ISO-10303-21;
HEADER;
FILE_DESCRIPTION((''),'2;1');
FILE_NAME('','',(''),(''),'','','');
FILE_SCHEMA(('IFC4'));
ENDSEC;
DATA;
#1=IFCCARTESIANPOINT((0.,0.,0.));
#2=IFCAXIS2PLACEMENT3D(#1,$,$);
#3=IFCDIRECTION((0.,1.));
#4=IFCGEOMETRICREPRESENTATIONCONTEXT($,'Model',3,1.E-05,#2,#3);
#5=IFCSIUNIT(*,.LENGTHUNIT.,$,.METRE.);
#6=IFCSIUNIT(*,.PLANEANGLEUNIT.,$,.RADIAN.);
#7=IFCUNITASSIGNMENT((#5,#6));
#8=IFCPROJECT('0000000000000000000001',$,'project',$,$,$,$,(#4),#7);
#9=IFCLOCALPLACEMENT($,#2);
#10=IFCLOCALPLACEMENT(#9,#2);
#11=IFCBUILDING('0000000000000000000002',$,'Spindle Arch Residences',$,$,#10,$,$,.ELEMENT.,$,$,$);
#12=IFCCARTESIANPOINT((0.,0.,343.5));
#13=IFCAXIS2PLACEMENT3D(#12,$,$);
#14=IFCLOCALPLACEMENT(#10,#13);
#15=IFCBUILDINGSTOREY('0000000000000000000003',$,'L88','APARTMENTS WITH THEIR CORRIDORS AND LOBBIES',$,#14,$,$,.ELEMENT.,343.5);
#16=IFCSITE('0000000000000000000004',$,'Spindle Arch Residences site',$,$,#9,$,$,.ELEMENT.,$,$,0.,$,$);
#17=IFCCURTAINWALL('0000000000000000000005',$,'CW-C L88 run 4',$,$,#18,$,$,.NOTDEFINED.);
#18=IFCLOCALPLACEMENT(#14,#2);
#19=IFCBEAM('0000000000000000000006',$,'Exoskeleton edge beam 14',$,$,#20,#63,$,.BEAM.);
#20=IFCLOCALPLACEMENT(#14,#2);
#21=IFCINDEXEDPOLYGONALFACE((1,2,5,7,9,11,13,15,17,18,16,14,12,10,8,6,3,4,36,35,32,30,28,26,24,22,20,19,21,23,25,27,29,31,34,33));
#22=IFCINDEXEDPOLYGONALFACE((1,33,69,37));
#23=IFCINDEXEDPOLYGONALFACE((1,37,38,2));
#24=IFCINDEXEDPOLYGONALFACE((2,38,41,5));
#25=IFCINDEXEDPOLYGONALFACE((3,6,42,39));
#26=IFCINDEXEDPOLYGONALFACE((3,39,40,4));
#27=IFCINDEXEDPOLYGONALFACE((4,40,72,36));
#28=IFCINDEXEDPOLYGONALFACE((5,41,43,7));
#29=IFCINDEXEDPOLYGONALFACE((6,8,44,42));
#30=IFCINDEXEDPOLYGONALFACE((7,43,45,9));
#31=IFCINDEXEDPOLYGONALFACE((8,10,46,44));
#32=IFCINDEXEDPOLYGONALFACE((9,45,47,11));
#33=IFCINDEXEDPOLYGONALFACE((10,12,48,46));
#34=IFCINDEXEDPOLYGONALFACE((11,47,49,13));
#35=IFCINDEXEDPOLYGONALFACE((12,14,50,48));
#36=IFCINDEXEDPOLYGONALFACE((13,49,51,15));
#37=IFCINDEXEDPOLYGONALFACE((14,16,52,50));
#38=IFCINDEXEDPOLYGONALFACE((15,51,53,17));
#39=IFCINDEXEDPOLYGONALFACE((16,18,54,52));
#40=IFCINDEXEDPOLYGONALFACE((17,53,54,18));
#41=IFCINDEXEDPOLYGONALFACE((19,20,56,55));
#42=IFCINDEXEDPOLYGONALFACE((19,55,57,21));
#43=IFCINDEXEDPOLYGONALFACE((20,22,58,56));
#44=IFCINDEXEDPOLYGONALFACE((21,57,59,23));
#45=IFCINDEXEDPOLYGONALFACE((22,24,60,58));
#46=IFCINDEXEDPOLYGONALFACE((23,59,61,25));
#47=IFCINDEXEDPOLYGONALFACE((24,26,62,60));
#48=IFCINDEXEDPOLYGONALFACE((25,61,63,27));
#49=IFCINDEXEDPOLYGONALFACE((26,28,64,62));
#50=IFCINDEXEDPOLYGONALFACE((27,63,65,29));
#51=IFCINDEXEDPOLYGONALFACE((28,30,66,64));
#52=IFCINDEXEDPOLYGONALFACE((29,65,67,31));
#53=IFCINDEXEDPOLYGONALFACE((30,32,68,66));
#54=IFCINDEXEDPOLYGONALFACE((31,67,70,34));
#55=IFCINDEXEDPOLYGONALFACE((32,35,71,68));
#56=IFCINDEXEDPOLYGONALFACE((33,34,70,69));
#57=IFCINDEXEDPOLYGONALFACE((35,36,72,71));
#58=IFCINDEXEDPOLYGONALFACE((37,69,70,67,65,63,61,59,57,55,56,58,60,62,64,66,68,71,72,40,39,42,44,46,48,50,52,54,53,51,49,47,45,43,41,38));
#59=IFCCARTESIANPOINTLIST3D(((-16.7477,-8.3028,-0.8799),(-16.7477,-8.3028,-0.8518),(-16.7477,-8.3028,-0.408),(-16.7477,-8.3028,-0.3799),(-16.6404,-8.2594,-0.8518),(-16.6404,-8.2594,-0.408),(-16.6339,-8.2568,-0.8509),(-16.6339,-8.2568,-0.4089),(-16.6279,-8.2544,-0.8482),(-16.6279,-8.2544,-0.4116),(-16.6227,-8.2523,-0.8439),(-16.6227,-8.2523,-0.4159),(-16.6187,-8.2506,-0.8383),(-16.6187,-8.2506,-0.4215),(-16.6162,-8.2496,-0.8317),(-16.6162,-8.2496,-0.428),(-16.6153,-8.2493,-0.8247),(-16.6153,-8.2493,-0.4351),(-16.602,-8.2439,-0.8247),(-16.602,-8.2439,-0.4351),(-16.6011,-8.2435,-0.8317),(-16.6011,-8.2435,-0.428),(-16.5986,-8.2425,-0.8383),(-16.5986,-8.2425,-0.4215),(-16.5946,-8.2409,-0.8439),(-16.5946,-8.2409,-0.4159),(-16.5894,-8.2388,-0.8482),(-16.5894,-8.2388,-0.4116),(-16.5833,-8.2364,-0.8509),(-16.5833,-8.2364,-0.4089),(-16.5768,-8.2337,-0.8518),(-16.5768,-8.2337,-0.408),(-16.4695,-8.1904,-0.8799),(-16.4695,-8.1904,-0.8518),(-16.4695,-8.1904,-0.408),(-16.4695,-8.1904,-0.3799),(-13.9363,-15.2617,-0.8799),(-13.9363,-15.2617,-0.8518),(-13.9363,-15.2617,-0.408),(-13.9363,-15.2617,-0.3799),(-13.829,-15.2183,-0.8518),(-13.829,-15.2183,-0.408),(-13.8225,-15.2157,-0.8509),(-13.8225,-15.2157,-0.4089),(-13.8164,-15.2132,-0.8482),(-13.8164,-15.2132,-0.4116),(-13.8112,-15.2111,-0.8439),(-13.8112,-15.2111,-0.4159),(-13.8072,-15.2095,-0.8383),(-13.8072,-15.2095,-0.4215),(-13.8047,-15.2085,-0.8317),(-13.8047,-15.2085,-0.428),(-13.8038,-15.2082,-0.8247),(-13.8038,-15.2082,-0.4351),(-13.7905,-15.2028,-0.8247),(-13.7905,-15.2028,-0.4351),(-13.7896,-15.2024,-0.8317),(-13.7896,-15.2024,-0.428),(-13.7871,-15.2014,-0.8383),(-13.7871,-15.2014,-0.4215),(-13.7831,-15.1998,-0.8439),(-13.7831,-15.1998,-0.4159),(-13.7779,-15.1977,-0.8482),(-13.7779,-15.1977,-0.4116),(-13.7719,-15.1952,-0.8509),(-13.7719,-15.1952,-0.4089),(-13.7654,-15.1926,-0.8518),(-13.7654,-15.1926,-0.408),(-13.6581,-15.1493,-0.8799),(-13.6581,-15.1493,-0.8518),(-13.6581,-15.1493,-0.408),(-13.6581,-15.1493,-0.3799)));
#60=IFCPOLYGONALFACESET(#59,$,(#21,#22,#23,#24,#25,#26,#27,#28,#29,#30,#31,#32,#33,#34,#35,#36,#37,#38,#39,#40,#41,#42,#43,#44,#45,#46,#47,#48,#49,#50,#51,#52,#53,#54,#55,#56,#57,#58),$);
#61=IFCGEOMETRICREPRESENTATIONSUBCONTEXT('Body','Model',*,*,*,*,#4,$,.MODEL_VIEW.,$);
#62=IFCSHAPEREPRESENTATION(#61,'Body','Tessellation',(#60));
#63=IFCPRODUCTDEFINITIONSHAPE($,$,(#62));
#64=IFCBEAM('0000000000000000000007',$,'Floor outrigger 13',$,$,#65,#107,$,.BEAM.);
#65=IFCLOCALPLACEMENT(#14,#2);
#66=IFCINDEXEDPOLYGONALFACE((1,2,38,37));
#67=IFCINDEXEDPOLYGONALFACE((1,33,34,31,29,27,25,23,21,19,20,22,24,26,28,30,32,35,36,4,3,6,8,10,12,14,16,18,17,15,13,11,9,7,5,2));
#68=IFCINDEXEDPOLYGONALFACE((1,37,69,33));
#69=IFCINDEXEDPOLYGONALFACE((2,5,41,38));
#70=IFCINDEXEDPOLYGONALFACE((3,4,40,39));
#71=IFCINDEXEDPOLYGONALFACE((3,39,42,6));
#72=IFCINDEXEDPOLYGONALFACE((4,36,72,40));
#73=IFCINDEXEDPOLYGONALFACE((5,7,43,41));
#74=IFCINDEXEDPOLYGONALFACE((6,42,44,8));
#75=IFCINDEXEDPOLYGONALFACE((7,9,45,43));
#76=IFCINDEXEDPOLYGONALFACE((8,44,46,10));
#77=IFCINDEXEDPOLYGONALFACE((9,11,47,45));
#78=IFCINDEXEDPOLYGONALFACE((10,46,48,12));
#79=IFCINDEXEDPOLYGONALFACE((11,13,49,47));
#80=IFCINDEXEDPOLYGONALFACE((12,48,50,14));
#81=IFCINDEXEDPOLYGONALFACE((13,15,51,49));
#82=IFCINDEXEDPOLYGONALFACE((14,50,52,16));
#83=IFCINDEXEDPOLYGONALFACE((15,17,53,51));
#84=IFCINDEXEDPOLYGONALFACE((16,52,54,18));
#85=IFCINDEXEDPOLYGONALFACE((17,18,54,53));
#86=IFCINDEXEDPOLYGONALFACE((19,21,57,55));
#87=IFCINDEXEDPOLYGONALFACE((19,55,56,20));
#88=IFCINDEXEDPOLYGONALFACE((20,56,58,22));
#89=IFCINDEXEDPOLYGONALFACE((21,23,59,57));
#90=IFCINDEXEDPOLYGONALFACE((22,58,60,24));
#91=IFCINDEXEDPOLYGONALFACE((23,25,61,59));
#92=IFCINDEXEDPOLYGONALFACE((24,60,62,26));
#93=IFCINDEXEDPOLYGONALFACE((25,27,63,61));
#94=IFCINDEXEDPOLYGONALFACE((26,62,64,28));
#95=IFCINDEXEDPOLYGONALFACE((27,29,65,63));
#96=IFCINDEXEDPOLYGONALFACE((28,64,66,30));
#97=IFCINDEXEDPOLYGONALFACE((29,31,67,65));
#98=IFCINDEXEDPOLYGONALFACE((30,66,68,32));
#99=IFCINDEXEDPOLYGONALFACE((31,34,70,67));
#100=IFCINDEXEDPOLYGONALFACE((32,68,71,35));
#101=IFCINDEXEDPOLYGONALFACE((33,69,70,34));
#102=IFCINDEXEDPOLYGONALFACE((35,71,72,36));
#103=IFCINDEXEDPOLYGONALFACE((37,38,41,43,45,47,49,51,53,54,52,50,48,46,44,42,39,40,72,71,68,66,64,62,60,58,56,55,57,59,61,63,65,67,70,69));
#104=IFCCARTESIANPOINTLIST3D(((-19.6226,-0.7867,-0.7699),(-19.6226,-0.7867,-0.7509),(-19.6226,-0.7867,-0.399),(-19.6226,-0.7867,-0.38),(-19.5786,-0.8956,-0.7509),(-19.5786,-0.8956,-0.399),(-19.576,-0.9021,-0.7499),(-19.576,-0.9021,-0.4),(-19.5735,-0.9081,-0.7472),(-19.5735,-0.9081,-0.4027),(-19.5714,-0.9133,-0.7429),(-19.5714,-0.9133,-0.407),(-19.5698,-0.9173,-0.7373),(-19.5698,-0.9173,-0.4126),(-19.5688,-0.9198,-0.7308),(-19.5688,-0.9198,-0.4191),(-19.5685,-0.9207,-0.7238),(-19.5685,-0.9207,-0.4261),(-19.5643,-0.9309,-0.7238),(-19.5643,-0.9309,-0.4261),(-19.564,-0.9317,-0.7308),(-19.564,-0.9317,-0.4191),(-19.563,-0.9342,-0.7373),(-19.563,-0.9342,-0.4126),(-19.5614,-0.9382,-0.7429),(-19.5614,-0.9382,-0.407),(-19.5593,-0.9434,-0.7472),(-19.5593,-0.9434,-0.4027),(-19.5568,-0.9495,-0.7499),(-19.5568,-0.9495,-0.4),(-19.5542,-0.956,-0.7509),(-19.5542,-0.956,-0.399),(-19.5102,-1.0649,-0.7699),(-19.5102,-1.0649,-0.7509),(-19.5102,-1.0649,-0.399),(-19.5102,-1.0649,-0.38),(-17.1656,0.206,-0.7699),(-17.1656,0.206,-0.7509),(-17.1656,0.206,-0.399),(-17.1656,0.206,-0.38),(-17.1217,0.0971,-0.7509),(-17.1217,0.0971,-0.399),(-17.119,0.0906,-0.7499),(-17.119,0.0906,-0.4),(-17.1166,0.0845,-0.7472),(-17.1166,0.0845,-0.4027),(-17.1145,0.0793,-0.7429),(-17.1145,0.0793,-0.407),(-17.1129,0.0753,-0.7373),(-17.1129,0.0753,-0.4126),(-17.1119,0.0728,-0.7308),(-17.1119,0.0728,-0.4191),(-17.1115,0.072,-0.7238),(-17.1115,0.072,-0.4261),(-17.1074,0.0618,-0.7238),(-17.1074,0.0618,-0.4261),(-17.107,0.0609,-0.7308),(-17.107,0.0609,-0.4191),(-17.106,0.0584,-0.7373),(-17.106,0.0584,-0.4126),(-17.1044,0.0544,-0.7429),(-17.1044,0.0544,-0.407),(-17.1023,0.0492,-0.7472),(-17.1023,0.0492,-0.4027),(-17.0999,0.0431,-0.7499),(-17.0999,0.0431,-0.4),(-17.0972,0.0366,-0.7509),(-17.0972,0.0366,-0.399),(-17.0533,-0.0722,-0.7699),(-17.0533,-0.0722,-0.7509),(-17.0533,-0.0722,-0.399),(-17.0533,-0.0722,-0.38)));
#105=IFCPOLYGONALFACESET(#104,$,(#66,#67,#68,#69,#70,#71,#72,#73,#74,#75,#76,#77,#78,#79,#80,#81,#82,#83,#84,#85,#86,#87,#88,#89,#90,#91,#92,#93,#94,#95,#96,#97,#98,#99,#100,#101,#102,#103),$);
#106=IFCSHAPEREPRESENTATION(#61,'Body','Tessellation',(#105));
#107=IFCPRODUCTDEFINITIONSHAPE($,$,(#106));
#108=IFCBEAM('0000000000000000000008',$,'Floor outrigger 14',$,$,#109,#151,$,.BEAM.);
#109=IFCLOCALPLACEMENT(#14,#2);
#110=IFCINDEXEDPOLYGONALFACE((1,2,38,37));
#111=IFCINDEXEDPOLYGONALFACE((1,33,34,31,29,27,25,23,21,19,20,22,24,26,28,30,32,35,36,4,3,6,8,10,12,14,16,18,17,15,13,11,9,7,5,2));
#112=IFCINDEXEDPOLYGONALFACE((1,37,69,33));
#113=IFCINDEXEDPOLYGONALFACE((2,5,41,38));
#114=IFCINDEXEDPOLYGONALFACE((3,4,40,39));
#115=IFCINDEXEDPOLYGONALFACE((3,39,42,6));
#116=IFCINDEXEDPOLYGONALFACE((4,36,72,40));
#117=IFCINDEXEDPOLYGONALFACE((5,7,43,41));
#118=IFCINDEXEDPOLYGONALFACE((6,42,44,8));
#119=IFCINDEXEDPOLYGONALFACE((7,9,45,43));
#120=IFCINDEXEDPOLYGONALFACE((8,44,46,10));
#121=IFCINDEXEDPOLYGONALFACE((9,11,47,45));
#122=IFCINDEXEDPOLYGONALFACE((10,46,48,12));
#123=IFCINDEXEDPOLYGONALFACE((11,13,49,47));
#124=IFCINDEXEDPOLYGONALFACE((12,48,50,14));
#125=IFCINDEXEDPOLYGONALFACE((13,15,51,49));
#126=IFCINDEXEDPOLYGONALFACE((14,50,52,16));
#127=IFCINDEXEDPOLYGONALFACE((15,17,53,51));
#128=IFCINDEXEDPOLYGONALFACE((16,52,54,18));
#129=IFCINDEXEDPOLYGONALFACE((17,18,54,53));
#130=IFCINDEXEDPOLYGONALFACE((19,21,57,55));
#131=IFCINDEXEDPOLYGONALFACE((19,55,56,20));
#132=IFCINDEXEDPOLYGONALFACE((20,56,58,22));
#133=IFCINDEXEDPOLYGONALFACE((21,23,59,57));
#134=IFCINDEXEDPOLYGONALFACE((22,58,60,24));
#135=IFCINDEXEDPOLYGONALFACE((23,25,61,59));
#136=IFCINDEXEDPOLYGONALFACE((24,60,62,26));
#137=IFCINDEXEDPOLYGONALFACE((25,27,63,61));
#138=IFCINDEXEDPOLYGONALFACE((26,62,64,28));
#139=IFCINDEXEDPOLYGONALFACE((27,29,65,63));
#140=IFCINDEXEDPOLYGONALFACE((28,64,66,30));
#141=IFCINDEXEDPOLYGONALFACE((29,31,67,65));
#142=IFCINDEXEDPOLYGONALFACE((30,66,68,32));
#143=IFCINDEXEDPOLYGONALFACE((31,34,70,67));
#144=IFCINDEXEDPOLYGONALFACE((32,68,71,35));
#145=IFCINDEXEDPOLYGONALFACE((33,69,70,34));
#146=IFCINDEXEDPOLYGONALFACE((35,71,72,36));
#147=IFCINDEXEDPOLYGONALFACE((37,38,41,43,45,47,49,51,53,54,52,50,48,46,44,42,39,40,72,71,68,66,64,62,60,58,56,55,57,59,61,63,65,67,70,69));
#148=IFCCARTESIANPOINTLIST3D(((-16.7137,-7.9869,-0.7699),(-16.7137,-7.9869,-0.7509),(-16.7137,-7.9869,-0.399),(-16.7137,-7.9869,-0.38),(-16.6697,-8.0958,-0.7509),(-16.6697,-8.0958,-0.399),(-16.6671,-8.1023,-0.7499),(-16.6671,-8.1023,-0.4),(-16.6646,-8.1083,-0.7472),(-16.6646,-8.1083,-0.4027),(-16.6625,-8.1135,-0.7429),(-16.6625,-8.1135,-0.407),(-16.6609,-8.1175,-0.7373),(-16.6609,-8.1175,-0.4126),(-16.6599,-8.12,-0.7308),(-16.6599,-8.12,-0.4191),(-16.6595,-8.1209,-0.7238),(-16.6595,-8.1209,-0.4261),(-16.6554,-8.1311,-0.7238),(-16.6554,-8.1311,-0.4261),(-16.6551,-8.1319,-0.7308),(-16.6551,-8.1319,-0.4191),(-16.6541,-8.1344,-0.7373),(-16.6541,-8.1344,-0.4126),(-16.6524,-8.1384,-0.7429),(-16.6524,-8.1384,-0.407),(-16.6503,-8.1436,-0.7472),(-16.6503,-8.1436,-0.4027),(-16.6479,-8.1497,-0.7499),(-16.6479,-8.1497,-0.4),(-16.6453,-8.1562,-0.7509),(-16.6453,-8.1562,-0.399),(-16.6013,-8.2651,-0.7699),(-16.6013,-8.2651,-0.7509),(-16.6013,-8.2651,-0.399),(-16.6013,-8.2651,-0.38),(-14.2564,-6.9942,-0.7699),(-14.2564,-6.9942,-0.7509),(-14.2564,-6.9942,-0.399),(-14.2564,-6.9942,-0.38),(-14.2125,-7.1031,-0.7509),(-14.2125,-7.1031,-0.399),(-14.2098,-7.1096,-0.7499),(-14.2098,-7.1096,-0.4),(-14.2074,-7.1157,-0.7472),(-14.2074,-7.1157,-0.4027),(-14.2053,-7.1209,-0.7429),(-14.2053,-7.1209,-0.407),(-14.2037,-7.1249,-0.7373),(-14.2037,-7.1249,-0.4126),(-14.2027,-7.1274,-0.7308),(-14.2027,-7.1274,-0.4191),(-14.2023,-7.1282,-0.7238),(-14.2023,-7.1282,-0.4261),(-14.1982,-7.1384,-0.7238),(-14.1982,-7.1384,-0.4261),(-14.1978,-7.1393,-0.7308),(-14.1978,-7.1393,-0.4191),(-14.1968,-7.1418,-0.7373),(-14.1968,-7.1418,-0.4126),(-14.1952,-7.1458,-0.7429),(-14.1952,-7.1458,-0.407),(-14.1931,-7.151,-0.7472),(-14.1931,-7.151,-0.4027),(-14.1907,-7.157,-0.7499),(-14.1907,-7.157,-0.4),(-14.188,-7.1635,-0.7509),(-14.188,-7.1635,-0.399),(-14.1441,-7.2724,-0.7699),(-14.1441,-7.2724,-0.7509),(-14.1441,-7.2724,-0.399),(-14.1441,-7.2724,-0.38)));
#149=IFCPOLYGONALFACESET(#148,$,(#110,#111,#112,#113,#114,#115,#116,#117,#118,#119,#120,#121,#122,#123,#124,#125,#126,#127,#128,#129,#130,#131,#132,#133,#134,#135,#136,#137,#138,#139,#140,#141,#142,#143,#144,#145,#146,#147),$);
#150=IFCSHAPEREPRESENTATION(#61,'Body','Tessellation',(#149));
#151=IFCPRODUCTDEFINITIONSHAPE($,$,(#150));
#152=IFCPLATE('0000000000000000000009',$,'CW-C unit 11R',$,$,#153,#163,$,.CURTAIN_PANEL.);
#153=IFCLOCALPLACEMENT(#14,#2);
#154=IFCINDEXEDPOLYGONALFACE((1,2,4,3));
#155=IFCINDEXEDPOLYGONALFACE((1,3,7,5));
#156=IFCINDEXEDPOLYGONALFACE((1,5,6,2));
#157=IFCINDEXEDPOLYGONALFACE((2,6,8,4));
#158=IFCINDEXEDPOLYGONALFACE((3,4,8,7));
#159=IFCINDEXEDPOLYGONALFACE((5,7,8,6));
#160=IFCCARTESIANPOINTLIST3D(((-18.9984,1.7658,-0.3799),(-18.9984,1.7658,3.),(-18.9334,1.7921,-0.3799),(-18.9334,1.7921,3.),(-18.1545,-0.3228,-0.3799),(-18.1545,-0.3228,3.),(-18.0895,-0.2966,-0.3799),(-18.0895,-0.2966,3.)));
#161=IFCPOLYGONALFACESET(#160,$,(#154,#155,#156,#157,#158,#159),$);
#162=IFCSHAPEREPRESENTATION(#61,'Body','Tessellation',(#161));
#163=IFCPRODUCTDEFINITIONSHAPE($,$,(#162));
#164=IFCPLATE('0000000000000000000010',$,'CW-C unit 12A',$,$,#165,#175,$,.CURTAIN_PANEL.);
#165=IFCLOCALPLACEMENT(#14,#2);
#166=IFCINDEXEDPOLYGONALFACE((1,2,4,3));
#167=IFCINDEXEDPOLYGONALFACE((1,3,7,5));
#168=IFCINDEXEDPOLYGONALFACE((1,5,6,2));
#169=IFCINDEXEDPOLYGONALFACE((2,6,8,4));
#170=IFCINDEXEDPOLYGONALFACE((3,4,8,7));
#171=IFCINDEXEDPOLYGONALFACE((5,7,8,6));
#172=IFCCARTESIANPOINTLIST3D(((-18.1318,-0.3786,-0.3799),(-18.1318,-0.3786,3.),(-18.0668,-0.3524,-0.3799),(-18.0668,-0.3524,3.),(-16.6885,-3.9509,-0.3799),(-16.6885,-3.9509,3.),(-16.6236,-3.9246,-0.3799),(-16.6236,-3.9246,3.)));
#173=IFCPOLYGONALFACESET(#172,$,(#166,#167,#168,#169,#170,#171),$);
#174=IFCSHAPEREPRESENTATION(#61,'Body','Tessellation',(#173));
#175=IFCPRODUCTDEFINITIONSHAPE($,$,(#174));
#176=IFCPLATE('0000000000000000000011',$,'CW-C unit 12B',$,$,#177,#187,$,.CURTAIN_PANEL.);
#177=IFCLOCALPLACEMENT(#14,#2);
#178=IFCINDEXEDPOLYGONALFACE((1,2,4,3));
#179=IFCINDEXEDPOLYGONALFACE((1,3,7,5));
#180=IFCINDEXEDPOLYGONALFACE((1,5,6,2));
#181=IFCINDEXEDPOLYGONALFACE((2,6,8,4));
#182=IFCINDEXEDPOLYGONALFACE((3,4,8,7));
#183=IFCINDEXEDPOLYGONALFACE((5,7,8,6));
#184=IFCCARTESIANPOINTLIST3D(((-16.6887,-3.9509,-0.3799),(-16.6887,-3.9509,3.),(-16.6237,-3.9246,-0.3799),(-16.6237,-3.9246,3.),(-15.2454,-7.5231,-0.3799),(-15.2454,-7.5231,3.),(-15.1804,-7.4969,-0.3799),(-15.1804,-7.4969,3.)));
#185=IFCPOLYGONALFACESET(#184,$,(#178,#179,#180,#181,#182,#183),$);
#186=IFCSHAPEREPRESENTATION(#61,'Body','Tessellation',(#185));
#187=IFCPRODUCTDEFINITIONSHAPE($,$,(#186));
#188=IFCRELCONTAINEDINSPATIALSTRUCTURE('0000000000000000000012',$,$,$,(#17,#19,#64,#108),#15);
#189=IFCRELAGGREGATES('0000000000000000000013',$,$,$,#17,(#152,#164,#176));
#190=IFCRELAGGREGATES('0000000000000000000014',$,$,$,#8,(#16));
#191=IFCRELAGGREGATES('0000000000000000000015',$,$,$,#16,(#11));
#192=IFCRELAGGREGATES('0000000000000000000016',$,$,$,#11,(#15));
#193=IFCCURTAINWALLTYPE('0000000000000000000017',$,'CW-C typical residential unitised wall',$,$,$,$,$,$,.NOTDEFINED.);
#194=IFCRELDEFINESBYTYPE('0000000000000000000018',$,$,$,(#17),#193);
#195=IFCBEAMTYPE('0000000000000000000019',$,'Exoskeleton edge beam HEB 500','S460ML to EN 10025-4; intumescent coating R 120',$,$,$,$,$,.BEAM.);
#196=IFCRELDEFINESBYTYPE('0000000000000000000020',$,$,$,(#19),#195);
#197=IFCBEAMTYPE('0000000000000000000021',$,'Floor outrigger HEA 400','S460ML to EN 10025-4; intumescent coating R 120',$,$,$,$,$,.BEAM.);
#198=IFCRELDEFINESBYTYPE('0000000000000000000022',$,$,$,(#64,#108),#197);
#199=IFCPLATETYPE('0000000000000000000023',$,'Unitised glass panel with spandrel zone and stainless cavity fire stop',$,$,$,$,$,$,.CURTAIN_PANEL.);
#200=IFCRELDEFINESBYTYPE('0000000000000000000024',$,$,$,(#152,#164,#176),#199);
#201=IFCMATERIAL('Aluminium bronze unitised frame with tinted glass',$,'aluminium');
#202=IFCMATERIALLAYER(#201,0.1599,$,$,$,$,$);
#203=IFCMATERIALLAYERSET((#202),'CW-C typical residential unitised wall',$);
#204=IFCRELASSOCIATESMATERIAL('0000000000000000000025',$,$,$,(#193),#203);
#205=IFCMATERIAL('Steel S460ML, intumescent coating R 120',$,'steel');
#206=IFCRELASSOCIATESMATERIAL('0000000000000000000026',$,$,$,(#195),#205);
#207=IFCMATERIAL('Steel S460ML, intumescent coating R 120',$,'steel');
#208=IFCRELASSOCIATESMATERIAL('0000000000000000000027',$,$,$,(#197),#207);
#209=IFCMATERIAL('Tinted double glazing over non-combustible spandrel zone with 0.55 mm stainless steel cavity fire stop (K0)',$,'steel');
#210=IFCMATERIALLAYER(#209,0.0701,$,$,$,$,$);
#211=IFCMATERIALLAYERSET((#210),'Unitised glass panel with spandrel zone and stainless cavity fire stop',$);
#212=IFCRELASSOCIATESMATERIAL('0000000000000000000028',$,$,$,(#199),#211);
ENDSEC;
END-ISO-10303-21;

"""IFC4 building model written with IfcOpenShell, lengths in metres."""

from ifc_helpers import new_model, si_unit, direction, frame, origin, origin_2d, place, context, subcontext, project, spatial, rectangle, i_section, extrude, material, layer, layer_set, material_profile, profile_set, type_object, element, aggregate, save


model = new_model("IFC4")

# Units and contexts
model_context = context("Model", 3, precision=1e-05, world=origin(), true_north=direction((0.0, 1.0)))
body_context = subcontext(model_context, "Body", "Model", "MODEL_VIEW")
ifc_project = project(units=[si_unit("LENGTHUNIT", "METRE"), si_unit("PLANEANGLEUNIT", "RADIAN")], contexts=[model_context])

# Site, building, storey
site_placement = place(None, origin())
site = spatial("IfcSite", under=ifc_project, at=site_placement, Name="Spindle Arch Residences site", CompositionType="ELEMENT", RefElevation=0.0)
building_placement = place(site_placement, origin())
building = spatial("IfcBuilding", under=site, at=building_placement, Name="Spindle Arch Residences", CompositionType="ELEMENT")
storey_placement = place(building_placement, frame((0.0, 0.0, 343.5)))
storey = spatial("IfcBuildingStorey", under=building, at=storey_placement, Name="L88", Description="APARTMENTS WITH THEIR CORRIDORS AND LOBBIES", CompositionType="ELEMENT", Elevation=343.5)

# Curtain wall
ifc_material_1 = material(Name="Aluminium bronze unitised frame with tinted glass", Category="aluminium")
ifc_layer_1 = layer(ifc_material_1, 0.1599)
ifc_layer_set_1 = layer_set([ifc_layer_1], Name="CW-C typical residential unitised wall")
curtain_wall_type = type_object("IfcCurtainWallType", Name="CW-C typical residential unitised wall", PredefinedType="NOTDEFINED", material=ifc_layer_set_1)
curtain_wall_placement = place(storey_placement, origin())
curtain_wall = element("IfcCurtainWall", 1, at=curtain_wall_placement, inside=storey, type_object=curtain_wall_type, Name="CW-C L88 run 4", PredefinedType="NOTDEFINED")

# Beams
ifc_material_2 = material(Name="Steel S460ML, intumescent coating R 120", Category="steel")
ifc_material_profile_1 = material_profile(ifc_material_2, i_section(OverallWidth=0.3, OverallDepth=0.5, WebThickness=0.0144, FlangeThickness=0.0281, FilletRadius=0.0271, at=origin_2d()), Name="HEB 500")
ifc_profile_set_1 = profile_set([ifc_material_profile_1], Name="Steel S460ML, intumescent coating R 120")
beam_type_1 = type_object("IfcBeamType", Name="Exoskeleton edge beam HEB 500", Description="S460ML to EN 10025-4; intumescent coating R 120", PredefinedType="BEAM", material=ifc_profile_set_1)
for number, where, z_axis, x_axis, name in (
    (2, (-16.6086, -8.2466, -0.6299), (0.374596, -0.927188, 0.0), (0.927188, 0.374596, 0.0), "Exoskeleton edge beam 14"),
):
    element("IfcBeam", number, at=place(storey_placement, frame(where, z_axis=z_axis, x_axis=x_axis)), inside=storey, type_object=beam_type_1, Name=name, PredefinedType="BEAM", context=body_context, shape_type="SweptSolid", body=[
        extrude(i_section(OverallWidth=0.3, OverallDepth=0.5, WebThickness=0.0144, FlangeThickness=0.0281, FilletRadius=0.0271, at=origin_2d()), origin(), (0.0, 0.0, 1.0), 7.5054),
    ])
ifc_material_3 = material(Name="Steel S460ML, intumescent coating R 120", Category="steel")
ifc_material_profile_2 = material_profile(ifc_material_3, i_section(OverallWidth=0.3, OverallDepth=0.3899, WebThickness=0.011, FlangeThickness=0.019, FilletRadius=0.0271, at=origin_2d()), Name="HEA 400")
ifc_profile_set_2 = profile_set([ifc_material_profile_2], Name="Steel S460ML, intumescent coating R 120")
beam_type_2 = type_object("IfcBeamType", Name="Floor outrigger HEA 400", Description="S460ML to EN 10025-4; intumescent coating R 120", PredefinedType="BEAM", material=ifc_profile_set_2)
beam_1_placement = place(storey_placement, frame((-19.5664, -0.9258, -0.575), z_axis=(0.927188, 0.374597, 0.0), x_axis=(-0.374597, 0.927188, 0.0)))
element("IfcBeam", 3, at=beam_1_placement, inside=storey, type_object=beam_type_2, Name="Floor outrigger 13", PredefinedType="BEAM", context=body_context, shape_type="SweptSolid", body=[
    extrude(i_section(OverallWidth=0.3, OverallDepth=0.3899, WebThickness=0.011, FlangeThickness=0.019, FilletRadius=0.0271, at=origin_2d()), origin(), (0.0, 0.0, 1.0), 2.6499),
])
beam_2_placement = place(storey_placement, frame((-16.6575, -8.126, -0.575), z_axis=(0.927201, 0.374565, 0.0), x_axis=(-0.374565, 0.927201, 0.0)))
element("IfcBeam", 4, at=beam_2_placement, inside=storey, type_object=beam_type_2, Name="Floor outrigger 14", PredefinedType="BEAM", context=body_context, shape_type="SweptSolid", body=[
    extrude(i_section(OverallWidth=0.3, OverallDepth=0.3899, WebThickness=0.011, FlangeThickness=0.019, FilletRadius=0.0271, at=origin_2d()), origin(), (0.0, 0.0, 1.0), 2.6501),
])

# Plates
ifc_material_4 = material(Name="Tinted double glazing over non-combustible spandrel zone with 0.55 mm stainless steel cavity fire stop (K0)", Category="steel")
ifc_layer_2 = layer(ifc_material_4, 0.0701)
ifc_layer_set_2 = layer_set([ifc_layer_2], Name="Unitised glass panel with spandrel zone and stainless cavity fire stop")
plate_type = type_object("IfcPlateType", Name="Unitised glass panel with spandrel zone and stainless cavity fire stop", PredefinedType="CURTAIN_PANEL", material=ifc_layer_set_2)
plate_1_placement = place(storey_placement, frame((-18.5439, 0.7346, -0.3799), z_axis=(0.0, 0.0, 1.0), x_axis=(0.374607, -0.927184, 0.0)))
plate_1 = element("IfcPlate", 5, at=plate_1_placement, type_object=plate_type, Name="CW-C unit 11R", PredefinedType="CURTAIN_PANEL", context=body_context, shape_type="SweptSolid", body=[
    extrude(rectangle(XDim=2.2527, YDim=0.0701, at=origin_2d()), origin(), (0.0, 0.0, 1.0), 3.3799),
])
plate_2_placement = place(storey_placement, frame((-17.3777, -2.1516, -0.3799), z_axis=(0.0, 0.0, 1.0), x_axis=(0.374607, -0.927184, 0.0)))
plate_2 = element("IfcPlate", 6, at=plate_2_placement, type_object=plate_type, Name="CW-C unit 12A", PredefinedType="CURTAIN_PANEL", context=body_context, shape_type="SweptSolid", body=[
    extrude(rectangle(XDim=3.8528, YDim=0.0701, at=origin_2d()), origin(), (0.0, 0.0, 1.0), 3.3799),
])
plate_3_placement = place(storey_placement, frame((-15.9346, -5.7239, -0.3799), z_axis=(0.0, 0.0, 1.0), x_axis=(0.374607, -0.927184, 0.0)))
plate_3 = element("IfcPlate", 7, at=plate_3_placement, type_object=plate_type, Name="CW-C unit 12B", PredefinedType="CURTAIN_PANEL", context=body_context, shape_type="SweptSolid", body=[
    extrude(rectangle(XDim=3.8528, YDim=0.0701, at=origin_2d()), origin(), (0.0, 0.0, 1.0), 3.3799),
])
aggregate(curtain_wall, [plate_1, plate_2, plate_3])

save(model, "model.ifc")
